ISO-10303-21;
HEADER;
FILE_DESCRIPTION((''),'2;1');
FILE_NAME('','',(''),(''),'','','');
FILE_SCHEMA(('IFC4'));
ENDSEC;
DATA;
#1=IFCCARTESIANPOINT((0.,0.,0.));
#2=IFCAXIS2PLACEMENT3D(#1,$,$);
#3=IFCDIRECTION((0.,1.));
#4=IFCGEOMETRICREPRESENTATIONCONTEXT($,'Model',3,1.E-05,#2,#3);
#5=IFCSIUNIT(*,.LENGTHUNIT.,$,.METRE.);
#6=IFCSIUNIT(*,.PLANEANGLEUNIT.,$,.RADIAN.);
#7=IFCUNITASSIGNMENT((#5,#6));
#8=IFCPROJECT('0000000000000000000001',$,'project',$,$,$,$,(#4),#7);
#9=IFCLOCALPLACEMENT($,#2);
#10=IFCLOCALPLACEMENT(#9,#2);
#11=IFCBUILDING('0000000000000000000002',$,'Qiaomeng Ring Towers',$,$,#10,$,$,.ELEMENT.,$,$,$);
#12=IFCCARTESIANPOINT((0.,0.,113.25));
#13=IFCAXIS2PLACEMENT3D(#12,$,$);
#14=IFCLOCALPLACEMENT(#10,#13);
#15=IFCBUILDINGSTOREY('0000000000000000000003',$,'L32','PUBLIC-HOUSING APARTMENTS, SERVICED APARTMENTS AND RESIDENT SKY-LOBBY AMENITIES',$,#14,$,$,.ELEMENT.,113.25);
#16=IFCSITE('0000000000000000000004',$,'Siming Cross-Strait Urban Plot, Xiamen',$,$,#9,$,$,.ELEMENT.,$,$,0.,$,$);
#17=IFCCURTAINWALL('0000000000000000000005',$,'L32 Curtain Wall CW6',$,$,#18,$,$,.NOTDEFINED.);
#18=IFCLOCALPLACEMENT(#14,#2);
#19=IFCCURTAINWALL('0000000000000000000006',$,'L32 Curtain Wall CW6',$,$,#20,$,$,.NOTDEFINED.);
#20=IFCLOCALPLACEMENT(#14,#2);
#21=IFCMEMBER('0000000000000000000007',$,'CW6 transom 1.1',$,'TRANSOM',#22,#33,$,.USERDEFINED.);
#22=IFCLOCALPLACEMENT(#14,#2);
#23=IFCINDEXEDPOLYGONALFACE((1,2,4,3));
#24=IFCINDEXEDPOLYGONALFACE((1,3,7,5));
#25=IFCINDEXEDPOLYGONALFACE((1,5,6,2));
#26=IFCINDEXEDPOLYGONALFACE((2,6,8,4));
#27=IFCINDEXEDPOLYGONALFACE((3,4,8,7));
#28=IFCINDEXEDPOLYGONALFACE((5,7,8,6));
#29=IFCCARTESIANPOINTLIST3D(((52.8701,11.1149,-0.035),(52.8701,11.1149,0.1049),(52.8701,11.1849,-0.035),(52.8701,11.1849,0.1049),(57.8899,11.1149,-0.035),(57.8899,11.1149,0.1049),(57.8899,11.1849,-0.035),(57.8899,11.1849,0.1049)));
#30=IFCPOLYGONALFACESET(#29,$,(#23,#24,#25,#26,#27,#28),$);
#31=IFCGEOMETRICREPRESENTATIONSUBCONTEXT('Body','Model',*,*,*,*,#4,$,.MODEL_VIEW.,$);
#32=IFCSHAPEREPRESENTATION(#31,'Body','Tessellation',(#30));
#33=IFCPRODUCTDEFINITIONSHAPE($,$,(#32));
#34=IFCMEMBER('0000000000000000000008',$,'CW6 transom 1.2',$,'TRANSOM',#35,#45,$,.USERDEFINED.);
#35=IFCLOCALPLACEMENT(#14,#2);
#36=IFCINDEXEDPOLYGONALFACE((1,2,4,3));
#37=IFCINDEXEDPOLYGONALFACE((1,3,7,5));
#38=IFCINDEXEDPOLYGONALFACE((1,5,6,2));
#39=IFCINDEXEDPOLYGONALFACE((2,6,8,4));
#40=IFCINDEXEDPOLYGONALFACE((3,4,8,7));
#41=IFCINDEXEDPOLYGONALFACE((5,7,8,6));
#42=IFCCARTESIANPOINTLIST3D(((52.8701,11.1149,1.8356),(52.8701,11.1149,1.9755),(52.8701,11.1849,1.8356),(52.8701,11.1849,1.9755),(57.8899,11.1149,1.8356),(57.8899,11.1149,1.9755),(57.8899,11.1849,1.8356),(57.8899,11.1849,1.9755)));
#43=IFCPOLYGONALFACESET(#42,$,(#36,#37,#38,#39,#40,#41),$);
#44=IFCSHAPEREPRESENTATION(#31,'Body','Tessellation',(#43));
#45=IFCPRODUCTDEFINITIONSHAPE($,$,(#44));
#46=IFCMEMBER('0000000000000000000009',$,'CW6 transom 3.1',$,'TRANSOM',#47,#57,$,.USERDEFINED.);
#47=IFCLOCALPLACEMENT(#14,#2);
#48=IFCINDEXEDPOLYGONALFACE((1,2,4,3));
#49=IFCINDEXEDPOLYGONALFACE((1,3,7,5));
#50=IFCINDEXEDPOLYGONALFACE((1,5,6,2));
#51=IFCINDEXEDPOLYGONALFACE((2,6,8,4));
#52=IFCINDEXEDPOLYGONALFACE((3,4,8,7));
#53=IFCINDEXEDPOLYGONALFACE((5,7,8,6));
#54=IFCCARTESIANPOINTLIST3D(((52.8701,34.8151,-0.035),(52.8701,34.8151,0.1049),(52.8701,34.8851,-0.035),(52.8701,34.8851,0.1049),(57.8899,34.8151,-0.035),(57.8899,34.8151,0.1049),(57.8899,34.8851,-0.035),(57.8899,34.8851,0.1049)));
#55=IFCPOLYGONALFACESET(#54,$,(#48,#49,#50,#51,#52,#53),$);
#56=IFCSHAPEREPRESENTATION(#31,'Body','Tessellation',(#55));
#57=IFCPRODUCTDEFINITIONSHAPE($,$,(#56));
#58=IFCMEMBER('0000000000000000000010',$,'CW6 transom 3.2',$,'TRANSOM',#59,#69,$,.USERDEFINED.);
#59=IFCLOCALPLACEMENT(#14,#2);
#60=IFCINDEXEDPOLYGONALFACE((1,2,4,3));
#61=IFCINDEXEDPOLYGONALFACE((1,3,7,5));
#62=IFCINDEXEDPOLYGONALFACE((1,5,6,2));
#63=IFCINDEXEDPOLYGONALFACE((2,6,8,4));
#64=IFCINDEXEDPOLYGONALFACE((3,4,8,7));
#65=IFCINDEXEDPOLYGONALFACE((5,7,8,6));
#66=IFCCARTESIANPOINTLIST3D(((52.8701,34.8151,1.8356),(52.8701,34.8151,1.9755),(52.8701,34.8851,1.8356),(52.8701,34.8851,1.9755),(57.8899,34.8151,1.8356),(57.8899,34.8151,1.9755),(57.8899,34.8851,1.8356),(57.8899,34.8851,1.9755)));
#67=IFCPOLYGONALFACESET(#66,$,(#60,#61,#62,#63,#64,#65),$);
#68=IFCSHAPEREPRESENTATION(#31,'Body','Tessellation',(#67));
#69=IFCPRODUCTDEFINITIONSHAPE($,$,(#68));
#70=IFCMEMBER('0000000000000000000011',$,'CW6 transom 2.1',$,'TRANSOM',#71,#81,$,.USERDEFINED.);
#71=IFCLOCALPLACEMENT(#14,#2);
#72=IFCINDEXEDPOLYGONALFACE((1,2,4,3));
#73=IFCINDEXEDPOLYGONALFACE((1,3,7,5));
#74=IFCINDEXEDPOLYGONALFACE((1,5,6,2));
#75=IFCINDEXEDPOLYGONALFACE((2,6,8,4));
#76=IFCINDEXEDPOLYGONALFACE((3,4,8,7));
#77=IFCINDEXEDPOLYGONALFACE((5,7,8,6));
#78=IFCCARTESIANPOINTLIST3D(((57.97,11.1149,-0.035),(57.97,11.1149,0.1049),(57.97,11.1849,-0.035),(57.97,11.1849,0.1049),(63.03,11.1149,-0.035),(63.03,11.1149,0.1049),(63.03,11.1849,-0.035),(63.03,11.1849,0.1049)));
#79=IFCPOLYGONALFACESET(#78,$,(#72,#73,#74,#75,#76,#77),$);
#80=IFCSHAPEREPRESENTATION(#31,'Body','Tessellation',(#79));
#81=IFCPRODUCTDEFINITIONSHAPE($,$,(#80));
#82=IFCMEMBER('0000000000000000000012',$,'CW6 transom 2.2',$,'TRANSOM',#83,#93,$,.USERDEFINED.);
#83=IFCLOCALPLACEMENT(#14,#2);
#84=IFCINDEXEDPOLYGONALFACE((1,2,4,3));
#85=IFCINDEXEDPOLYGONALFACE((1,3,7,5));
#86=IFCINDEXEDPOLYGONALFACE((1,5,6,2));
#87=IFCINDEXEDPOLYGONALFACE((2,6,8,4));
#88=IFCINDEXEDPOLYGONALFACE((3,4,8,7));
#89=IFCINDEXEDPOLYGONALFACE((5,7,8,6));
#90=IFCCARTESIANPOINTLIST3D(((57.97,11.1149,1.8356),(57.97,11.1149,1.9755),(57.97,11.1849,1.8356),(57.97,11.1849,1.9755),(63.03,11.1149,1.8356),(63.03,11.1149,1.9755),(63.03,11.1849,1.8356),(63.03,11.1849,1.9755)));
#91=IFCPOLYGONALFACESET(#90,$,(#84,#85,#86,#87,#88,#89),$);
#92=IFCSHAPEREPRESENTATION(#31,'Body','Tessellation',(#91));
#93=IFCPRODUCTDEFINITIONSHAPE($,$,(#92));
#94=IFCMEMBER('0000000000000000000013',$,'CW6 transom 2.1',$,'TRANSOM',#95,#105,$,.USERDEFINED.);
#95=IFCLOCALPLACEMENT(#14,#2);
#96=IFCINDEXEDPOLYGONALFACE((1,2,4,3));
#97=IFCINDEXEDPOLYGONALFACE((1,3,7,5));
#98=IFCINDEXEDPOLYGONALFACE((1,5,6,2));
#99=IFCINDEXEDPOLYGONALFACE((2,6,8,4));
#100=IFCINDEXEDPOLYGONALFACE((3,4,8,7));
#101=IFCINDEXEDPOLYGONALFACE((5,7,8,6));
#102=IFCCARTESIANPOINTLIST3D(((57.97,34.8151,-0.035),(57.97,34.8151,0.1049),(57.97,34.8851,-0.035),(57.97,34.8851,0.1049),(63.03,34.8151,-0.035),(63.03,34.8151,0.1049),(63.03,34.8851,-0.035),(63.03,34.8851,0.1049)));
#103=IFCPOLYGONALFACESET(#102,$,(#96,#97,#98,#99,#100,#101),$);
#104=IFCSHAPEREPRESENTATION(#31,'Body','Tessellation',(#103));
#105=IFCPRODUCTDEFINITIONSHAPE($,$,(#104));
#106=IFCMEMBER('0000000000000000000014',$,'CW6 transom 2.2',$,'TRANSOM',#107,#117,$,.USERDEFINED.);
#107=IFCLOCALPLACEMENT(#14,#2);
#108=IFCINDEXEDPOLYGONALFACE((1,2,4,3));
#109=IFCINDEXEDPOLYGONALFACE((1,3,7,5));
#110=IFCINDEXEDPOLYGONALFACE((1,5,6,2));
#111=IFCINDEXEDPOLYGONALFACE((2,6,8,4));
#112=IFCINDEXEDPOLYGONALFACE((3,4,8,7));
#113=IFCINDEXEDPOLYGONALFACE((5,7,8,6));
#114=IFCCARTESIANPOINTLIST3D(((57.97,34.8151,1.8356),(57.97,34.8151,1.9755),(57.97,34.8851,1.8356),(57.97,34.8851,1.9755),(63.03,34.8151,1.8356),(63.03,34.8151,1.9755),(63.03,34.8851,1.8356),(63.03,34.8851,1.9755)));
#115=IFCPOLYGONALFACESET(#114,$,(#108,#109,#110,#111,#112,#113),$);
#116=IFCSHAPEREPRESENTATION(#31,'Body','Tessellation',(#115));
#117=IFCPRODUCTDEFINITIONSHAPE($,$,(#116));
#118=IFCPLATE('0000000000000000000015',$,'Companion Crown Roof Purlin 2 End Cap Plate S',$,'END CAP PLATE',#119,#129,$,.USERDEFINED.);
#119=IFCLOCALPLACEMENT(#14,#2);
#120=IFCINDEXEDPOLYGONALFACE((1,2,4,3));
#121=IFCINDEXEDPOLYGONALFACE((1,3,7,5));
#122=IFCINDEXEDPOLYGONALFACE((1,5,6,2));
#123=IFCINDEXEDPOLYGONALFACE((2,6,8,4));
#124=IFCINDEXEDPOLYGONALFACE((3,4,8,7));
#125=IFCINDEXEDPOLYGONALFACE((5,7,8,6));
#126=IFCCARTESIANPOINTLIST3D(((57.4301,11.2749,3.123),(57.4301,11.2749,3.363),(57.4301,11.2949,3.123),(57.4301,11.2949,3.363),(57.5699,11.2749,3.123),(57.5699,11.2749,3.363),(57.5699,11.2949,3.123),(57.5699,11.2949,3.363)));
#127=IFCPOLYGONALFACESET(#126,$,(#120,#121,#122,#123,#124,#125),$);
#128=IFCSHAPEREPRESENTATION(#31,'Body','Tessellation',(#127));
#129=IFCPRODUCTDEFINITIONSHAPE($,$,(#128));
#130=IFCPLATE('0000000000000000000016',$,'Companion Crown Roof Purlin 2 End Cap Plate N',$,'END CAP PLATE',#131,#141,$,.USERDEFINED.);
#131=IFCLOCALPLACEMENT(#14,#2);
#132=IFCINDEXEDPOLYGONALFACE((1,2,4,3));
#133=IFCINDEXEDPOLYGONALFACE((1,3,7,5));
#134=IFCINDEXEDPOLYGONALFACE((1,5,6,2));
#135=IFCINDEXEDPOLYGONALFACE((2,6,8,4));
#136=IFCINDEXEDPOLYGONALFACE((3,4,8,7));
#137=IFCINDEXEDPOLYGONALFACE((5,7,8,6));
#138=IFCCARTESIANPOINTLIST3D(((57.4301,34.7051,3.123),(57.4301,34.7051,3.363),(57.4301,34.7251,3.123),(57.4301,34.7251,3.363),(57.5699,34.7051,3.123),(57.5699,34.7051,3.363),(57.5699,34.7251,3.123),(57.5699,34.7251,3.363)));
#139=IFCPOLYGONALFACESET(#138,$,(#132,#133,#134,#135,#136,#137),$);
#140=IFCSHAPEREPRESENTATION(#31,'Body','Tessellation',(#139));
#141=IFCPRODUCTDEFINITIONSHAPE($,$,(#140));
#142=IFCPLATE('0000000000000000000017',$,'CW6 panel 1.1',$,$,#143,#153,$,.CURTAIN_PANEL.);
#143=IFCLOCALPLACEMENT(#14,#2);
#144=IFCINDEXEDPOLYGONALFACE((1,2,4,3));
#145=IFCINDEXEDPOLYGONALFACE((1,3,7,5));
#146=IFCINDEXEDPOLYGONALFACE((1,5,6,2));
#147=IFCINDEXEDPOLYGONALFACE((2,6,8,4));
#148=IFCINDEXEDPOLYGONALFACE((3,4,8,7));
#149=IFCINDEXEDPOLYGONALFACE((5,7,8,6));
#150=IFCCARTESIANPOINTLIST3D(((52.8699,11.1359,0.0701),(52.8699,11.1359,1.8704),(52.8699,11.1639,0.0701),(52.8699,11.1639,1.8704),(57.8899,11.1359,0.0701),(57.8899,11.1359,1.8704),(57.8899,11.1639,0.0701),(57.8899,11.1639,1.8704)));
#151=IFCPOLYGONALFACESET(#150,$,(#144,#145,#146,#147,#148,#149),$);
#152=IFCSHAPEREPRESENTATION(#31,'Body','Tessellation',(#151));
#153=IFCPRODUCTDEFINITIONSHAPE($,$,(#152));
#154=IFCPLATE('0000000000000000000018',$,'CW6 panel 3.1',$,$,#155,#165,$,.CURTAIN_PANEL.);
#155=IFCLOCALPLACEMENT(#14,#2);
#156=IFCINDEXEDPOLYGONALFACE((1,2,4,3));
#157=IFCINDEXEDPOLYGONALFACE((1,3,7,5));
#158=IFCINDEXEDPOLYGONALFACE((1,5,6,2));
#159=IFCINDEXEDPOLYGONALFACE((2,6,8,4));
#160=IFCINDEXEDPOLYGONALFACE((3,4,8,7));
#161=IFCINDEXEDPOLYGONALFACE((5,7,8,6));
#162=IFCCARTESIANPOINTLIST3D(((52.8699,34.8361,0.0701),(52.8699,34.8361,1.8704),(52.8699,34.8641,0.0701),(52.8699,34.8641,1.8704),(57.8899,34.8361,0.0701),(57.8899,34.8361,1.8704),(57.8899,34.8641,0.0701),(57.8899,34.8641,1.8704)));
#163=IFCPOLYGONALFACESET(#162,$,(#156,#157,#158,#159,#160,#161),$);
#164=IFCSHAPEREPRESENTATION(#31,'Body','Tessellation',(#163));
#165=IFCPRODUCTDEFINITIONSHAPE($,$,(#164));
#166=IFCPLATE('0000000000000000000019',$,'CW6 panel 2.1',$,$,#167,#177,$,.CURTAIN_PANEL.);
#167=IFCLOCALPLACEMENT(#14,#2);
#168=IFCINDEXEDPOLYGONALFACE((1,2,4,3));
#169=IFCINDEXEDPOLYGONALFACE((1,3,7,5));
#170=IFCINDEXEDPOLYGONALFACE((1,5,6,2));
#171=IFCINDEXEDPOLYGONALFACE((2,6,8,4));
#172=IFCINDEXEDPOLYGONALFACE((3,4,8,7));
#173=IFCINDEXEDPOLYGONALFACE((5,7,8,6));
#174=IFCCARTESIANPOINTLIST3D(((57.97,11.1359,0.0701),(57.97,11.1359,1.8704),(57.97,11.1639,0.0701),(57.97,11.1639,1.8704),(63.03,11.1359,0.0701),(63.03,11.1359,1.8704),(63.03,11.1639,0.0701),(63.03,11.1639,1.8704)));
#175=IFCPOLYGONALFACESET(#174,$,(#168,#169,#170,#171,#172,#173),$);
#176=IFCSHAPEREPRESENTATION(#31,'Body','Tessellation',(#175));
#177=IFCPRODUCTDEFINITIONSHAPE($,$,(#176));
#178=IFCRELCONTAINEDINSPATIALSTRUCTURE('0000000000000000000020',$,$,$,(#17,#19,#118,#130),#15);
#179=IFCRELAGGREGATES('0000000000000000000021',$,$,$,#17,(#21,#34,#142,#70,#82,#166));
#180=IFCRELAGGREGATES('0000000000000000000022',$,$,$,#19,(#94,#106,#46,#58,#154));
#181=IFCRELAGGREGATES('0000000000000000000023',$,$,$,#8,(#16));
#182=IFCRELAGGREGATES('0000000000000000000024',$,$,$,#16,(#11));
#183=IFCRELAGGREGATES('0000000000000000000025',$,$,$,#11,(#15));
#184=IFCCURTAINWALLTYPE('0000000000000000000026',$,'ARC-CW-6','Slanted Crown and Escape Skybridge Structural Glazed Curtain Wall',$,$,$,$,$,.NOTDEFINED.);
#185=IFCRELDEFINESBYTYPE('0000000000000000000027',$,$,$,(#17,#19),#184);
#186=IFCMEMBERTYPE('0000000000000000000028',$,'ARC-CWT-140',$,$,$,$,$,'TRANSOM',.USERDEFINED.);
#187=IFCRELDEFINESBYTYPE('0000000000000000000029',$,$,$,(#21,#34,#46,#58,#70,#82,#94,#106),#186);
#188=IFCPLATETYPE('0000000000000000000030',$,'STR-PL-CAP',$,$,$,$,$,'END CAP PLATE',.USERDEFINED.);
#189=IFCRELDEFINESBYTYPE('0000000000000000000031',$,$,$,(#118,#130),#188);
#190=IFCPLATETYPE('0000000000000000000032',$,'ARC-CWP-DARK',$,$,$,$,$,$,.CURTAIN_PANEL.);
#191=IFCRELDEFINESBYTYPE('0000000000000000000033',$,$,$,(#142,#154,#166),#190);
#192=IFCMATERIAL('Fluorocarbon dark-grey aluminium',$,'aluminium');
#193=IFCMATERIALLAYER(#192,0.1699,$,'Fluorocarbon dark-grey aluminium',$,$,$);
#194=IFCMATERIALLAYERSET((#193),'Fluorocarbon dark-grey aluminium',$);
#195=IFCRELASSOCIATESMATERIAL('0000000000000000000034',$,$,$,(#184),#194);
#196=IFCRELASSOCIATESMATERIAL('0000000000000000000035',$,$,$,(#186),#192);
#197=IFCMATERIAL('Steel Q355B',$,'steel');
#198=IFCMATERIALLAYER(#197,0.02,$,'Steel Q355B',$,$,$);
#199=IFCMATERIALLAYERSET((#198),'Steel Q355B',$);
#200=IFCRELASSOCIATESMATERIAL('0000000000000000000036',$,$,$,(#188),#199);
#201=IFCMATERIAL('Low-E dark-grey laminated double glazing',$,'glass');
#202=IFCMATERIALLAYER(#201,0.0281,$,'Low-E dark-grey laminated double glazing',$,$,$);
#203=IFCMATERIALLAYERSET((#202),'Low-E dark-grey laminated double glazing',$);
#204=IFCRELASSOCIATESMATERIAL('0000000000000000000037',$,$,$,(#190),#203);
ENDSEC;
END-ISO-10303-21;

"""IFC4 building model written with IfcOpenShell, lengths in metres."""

from ifc_helpers import new_model, si_unit, direction, frame, origin, origin_2d, place, context, subcontext, project, spatial, rectangle, extrude, source, transform, mapped, material, layer, layer_set, material_profile, profile_set, type_object, element, aggregate, save


model = new_model("IFC4")

# Units and contexts
model_context = context("Model", 3, precision=1e-05, world=origin(), true_north=direction((0.0, 1.0)))
body_context = subcontext(model_context, "Body", "Model", "MODEL_VIEW")
ifc_project = project(units=[si_unit("LENGTHUNIT", "METRE"), si_unit("PLANEANGLEUNIT", "RADIAN")], contexts=[model_context])

# Site, building, storey
site_placement = place(None, origin())
site = spatial("IfcSite", under=ifc_project, at=site_placement, Name="Siming Cross-Strait Urban Plot, Xiamen", CompositionType="ELEMENT", RefElevation=0.0)
building_placement = place(site_placement, origin())
building = spatial("IfcBuilding", under=site, at=building_placement, Name="Qiaomeng Ring Towers", CompositionType="ELEMENT")
storey_placement = place(building_placement, frame((0.0, 0.0, 113.25)))
storey = spatial("IfcBuildingStorey", under=building, at=storey_placement, Name="L32", Description="PUBLIC-HOUSING APARTMENTS, SERVICED APARTMENTS AND RESIDENT SKY-LOBBY AMENITIES", CompositionType="ELEMENT", Elevation=113.25)

# Shared definitions
ifc_material_1 = material(Name="Steel Q355B", Category="steel")

# Curtain walls
ifc_material_2 = material(Name="Fluorocarbon dark-grey aluminium", Category="aluminium")
ifc_layer_1 = layer(ifc_material_2, 0.1699, Name="Fluorocarbon dark-grey aluminium")
ifc_layer_set_1 = layer_set([ifc_layer_1], Name="Fluorocarbon dark-grey aluminium")
curtain_wall_type = type_object("IfcCurtainWallType", Name="ARC-CW-6", Description="Slanted Crown and Escape Skybridge Structural Glazed Curtain Wall", PredefinedType="NOTDEFINED", material=ifc_layer_set_1)
curtain_wall_1_placement = place(storey_placement, origin())
curtain_wall_1 = element("IfcCurtainWall", 1, at=curtain_wall_1_placement, inside=storey, type_object=curtain_wall_type, Name="L32 Curtain Wall CW6", PredefinedType="NOTDEFINED")
curtain_wall_2_placement = place(storey_placement, origin())
curtain_wall_2 = element("IfcCurtainWall", 2, at=curtain_wall_2_placement, inside=storey, type_object=curtain_wall_type, Name="L32 Curtain Wall CW6", PredefinedType="NOTDEFINED")

# Members
ifc_material_profile_1 = material_profile(ifc_material_2, rectangle(XDim=0.0701, YDim=0.1399, at=origin_2d()), Name="ALU TRAN 70x140")
ifc_profile_set_1 = profile_set([ifc_material_profile_1], Name="Fluorocarbon dark-grey aluminium")
member_type_1 = type_object("IfcMemberType", Name="ARC-CWT-140", ElementType="TRANSOM", PredefinedType="USERDEFINED", material=ifc_profile_set_1)
shared_shape_1 = source(origin(), body_context, "Body", "SweptSolid", [
    extrude(rectangle(XDim=0.0701, YDim=0.1399, at=origin_2d()), origin(), (0.0, 0.0, 1.0), 5.0198),
])
member_1_placement = place(storey_placement, frame((52.8701, 11.1499, 0.0349), z_axis=(1.0, 0.0, 0.0), x_axis=(0.0, 1.0, 0.0)))
member_1 = element("IfcMember", 3, at=member_1_placement, type_object=member_type_1, Name="CW6 transom 1.1", ObjectType="TRANSOM", PredefinedType="USERDEFINED", context=body_context, shape_type="MappedRepresentation", body=[
    mapped(shared_shape_1, transform((0.0, 0.0, 0.0), x_axis=(1.0, 0.0, 0.0), y_axis=(0.0, 1.0, 0.0), z_axis=(0.0, 0.0, 1.0), scale=1.0)),
])
member_2_placement = place(storey_placement, frame((52.8701, 11.1499, 1.9055), z_axis=(1.0, 0.0, 0.0), x_axis=(0.0, 1.0, 0.0)))
member_2 = element("IfcMember", 4, at=member_2_placement, type_object=member_type_1, Name="CW6 transom 1.2", ObjectType="TRANSOM", PredefinedType="USERDEFINED", context=body_context, shape_type="MappedRepresentation", body=[
    mapped(shared_shape_1, transform((0.0, 0.0, 0.0), x_axis=(1.0, 0.0, 0.0), y_axis=(0.0, 1.0, 0.0), z_axis=(0.0, 0.0, 1.0), scale=1.0)),
])
member_3_placement = place(storey_placement, frame((57.8899, 34.8501, 0.0349), z_axis=(-1.0, 0.0, 0.0), x_axis=(0.0, -1.0, 0.0)))
member_3 = element("IfcMember", 5, at=member_3_placement, type_object=member_type_1, Name="CW6 transom 3.1", ObjectType="TRANSOM", PredefinedType="USERDEFINED", context=body_context, shape_type="MappedRepresentation", body=[
    mapped(shared_shape_1, transform((0.0, 0.0, 0.0), x_axis=(1.0, 0.0, 0.0), y_axis=(0.0, 1.0, 0.0), z_axis=(0.0, 0.0, 1.0), scale=1.0)),
])
member_4_placement = place(storey_placement, frame((57.8899, 34.8501, 1.9055), z_axis=(-1.0, 0.0, 0.0), x_axis=(0.0, -1.0, 0.0)))
member_4 = element("IfcMember", 6, at=member_4_placement, type_object=member_type_1, Name="CW6 transom 3.2", ObjectType="TRANSOM", PredefinedType="USERDEFINED", context=body_context, shape_type="MappedRepresentation", body=[
    mapped(shared_shape_1, transform((0.0, 0.0, 0.0), x_axis=(1.0, 0.0, 0.0), y_axis=(0.0, 1.0, 0.0), z_axis=(0.0, 0.0, 1.0), scale=1.0)),
])
shared_shape_2 = source(origin(), body_context, "Body", "SweptSolid", [
    extrude(rectangle(XDim=0.0701, YDim=0.1399, at=origin_2d()), origin(), (0.0, 0.0, 1.0), 5.0601),
])
member_5_placement = place(storey_placement, frame((57.97, 11.1499, 0.0349), z_axis=(1.0, 0.0, 0.0), x_axis=(0.0, 1.0, 0.0)))
member_5 = element("IfcMember", 7, at=member_5_placement, type_object=member_type_1, Name="CW6 transom 2.1", ObjectType="TRANSOM", PredefinedType="USERDEFINED", context=body_context, shape_type="MappedRepresentation", body=[
    mapped(shared_shape_2, transform((0.0, 0.0, 0.0), x_axis=(1.0, 0.0, 0.0), y_axis=(0.0, 1.0, 0.0), z_axis=(0.0, 0.0, 1.0), scale=1.0)),
])
member_6_placement = place(storey_placement, frame((57.97, 11.1499, 1.9055), z_axis=(1.0, 0.0, 0.0), x_axis=(0.0, 1.0, 0.0)))
member_6 = element("IfcMember", 8, at=member_6_placement, type_object=member_type_1, Name="CW6 transom 2.2", ObjectType="TRANSOM", PredefinedType="USERDEFINED", context=body_context, shape_type="MappedRepresentation", body=[
    mapped(shared_shape_2, transform((0.0, 0.0, 0.0), x_axis=(1.0, 0.0, 0.0), y_axis=(0.0, 1.0, 0.0), z_axis=(0.0, 0.0, 1.0), scale=1.0)),
])
member_7_placement = place(storey_placement, frame((63.03, 34.8501, 0.0349), z_axis=(-1.0, 0.0, 0.0), x_axis=(0.0, -1.0, 0.0)))
member_7 = element("IfcMember", 9, at=member_7_placement, type_object=member_type_1, Name="CW6 transom 2.1", ObjectType="TRANSOM", PredefinedType="USERDEFINED", context=body_context, shape_type="MappedRepresentation", body=[
    mapped(shared_shape_2, transform((0.0, 0.0, 0.0), x_axis=(1.0, 0.0, 0.0), y_axis=(0.0, 1.0, 0.0), z_axis=(0.0, 0.0, 1.0), scale=1.0)),
])
member_8_placement = place(storey_placement, frame((63.03, 34.8501, 1.9055), z_axis=(-1.0, 0.0, 0.0), x_axis=(0.0, -1.0, 0.0)))
member_8 = element("IfcMember", 10, at=member_8_placement, type_object=member_type_1, Name="CW6 transom 2.2", ObjectType="TRANSOM", PredefinedType="USERDEFINED", context=body_context, shape_type="MappedRepresentation", body=[
    mapped(shared_shape_2, transform((0.0, 0.0, 0.0), x_axis=(1.0, 0.0, 0.0), y_axis=(0.0, 1.0, 0.0), z_axis=(0.0, 0.0, 1.0), scale=1.0)),
])

# Plates
ifc_layer_2 = layer(ifc_material_1, 0.02, Name="Steel Q355B")
ifc_layer_set_2 = layer_set([ifc_layer_2], Name="Steel Q355B")
plate_type_1 = type_object("IfcPlateType", Name="STR-PL-CAP", ElementType="END CAP PLATE", PredefinedType="USERDEFINED", material=ifc_layer_set_2)
shared_shape_3 = source(origin(), body_context, "Body", "SweptSolid", [
    extrude(rectangle(XDim=0.1399, YDim=0.02, at=origin_2d()), origin(), (0.0, 0.0, 1.0), 0.24),
])
for number, where, z_axis, x_axis, name in (
    (11, (57.5, 11.2849, 3.123), (0.0, 0.0, 1.0), (1.0, 0.0, 0.0), "Companion Crown Roof Purlin 2 End Cap Plate S"),
    (12, (57.5, 34.7151, 3.123), (0.0, 0.0, 1.0), (1.0, 0.0, 0.0), "Companion Crown Roof Purlin 2 End Cap Plate N"),
):
    element("IfcPlate", number, at=place(storey_placement, frame(where, z_axis=z_axis, x_axis=x_axis)), inside=storey, type_object=plate_type_1, Name=name, ObjectType="END CAP PLATE", PredefinedType="USERDEFINED", context=body_context, shape_type="MappedRepresentation", body=[
        mapped(shared_shape_3, transform((0.0, 0.0, 0.0), x_axis=(1.0, 0.0, 0.0), y_axis=(0.0, 1.0, 0.0), z_axis=(0.0, 0.0, 1.0), scale=1.0)),
    ])

# Plates
ifc_material_3 = material(Name="Low-E dark-grey laminated double glazing", Category="glass")
ifc_layer_3 = layer(ifc_material_3, 0.0281, Name="Low-E dark-grey laminated double glazing")
ifc_layer_set_3 = layer_set([ifc_layer_3], Name="Low-E dark-grey laminated double glazing")
plate_type_2 = type_object("IfcPlateType", Name="ARC-CWP-DARK", PredefinedType="CURTAIN_PANEL", material=ifc_layer_set_3)
shared_shape_4 = source(origin(), body_context, "Body", "SweptSolid", [
    extrude(rectangle(XDim=5.02, YDim=0.0281, at=origin_2d()), origin(), (0.0, 0.0, 1.0), 1.8003),
])
plate_1_placement = place(storey_placement, frame((55.3799, 11.1499, 0.0701), z_axis=(0.0, 0.0, 1.0), x_axis=(1.0, 0.0, 0.0)))
plate_1 = element("IfcPlate", 13, at=plate_1_placement, type_object=plate_type_2, Name="CW6 panel 1.1", PredefinedType="CURTAIN_PANEL", context=body_context, shape_type="MappedRepresentation", body=[
    mapped(shared_shape_4, transform((0.0, 0.0, 0.0), x_axis=(1.0, 0.0, 0.0), y_axis=(0.0, 1.0, 0.0), z_axis=(0.0, 0.0, 1.0), scale=1.0)),
])
plate_2_placement = place(storey_placement, frame((55.3799, 34.8501, 0.0701), z_axis=(0.0, 0.0, 1.0), x_axis=(-1.0, 0.0, 0.0)))
plate_2 = element("IfcPlate", 14, at=plate_2_placement, type_object=plate_type_2, Name="CW6 panel 3.1", PredefinedType="CURTAIN_PANEL", context=body_context, shape_type="MappedRepresentation", body=[
    mapped(shared_shape_4, transform((0.0, 0.0, 0.0), x_axis=(1.0, 0.0, 0.0), y_axis=(0.0, 1.0, 0.0), z_axis=(0.0, 0.0, 1.0), scale=1.0)),
])
shared_shape_5 = source(origin(), body_context, "Body", "SweptSolid", [
    extrude(rectangle(XDim=5.0601, YDim=0.0281, at=origin_2d()), origin(), (0.0, 0.0, 1.0), 1.8003),
])
plate_3_placement = place(storey_placement, frame((60.5, 11.1499, 0.0701), z_axis=(0.0, 0.0, 1.0), x_axis=(1.0, 0.0, 0.0)))
plate_3 = element("IfcPlate", 15, at=plate_3_placement, type_object=plate_type_2, Name="CW6 panel 2.1", PredefinedType="CURTAIN_PANEL", context=body_context, shape_type="MappedRepresentation", body=[
    mapped(shared_shape_5, transform((0.0, 0.0, 0.0), x_axis=(1.0, 0.0, 0.0), y_axis=(0.0, 1.0, 0.0), z_axis=(0.0, 0.0, 1.0), scale=1.0)),
])
aggregate(curtain_wall_1, [member_1, member_2, plate_1, member_5, member_6, plate_3])
aggregate(curtain_wall_2, [member_7, member_8, member_3, member_4, plate_2])

save(model, "model.ifc")
